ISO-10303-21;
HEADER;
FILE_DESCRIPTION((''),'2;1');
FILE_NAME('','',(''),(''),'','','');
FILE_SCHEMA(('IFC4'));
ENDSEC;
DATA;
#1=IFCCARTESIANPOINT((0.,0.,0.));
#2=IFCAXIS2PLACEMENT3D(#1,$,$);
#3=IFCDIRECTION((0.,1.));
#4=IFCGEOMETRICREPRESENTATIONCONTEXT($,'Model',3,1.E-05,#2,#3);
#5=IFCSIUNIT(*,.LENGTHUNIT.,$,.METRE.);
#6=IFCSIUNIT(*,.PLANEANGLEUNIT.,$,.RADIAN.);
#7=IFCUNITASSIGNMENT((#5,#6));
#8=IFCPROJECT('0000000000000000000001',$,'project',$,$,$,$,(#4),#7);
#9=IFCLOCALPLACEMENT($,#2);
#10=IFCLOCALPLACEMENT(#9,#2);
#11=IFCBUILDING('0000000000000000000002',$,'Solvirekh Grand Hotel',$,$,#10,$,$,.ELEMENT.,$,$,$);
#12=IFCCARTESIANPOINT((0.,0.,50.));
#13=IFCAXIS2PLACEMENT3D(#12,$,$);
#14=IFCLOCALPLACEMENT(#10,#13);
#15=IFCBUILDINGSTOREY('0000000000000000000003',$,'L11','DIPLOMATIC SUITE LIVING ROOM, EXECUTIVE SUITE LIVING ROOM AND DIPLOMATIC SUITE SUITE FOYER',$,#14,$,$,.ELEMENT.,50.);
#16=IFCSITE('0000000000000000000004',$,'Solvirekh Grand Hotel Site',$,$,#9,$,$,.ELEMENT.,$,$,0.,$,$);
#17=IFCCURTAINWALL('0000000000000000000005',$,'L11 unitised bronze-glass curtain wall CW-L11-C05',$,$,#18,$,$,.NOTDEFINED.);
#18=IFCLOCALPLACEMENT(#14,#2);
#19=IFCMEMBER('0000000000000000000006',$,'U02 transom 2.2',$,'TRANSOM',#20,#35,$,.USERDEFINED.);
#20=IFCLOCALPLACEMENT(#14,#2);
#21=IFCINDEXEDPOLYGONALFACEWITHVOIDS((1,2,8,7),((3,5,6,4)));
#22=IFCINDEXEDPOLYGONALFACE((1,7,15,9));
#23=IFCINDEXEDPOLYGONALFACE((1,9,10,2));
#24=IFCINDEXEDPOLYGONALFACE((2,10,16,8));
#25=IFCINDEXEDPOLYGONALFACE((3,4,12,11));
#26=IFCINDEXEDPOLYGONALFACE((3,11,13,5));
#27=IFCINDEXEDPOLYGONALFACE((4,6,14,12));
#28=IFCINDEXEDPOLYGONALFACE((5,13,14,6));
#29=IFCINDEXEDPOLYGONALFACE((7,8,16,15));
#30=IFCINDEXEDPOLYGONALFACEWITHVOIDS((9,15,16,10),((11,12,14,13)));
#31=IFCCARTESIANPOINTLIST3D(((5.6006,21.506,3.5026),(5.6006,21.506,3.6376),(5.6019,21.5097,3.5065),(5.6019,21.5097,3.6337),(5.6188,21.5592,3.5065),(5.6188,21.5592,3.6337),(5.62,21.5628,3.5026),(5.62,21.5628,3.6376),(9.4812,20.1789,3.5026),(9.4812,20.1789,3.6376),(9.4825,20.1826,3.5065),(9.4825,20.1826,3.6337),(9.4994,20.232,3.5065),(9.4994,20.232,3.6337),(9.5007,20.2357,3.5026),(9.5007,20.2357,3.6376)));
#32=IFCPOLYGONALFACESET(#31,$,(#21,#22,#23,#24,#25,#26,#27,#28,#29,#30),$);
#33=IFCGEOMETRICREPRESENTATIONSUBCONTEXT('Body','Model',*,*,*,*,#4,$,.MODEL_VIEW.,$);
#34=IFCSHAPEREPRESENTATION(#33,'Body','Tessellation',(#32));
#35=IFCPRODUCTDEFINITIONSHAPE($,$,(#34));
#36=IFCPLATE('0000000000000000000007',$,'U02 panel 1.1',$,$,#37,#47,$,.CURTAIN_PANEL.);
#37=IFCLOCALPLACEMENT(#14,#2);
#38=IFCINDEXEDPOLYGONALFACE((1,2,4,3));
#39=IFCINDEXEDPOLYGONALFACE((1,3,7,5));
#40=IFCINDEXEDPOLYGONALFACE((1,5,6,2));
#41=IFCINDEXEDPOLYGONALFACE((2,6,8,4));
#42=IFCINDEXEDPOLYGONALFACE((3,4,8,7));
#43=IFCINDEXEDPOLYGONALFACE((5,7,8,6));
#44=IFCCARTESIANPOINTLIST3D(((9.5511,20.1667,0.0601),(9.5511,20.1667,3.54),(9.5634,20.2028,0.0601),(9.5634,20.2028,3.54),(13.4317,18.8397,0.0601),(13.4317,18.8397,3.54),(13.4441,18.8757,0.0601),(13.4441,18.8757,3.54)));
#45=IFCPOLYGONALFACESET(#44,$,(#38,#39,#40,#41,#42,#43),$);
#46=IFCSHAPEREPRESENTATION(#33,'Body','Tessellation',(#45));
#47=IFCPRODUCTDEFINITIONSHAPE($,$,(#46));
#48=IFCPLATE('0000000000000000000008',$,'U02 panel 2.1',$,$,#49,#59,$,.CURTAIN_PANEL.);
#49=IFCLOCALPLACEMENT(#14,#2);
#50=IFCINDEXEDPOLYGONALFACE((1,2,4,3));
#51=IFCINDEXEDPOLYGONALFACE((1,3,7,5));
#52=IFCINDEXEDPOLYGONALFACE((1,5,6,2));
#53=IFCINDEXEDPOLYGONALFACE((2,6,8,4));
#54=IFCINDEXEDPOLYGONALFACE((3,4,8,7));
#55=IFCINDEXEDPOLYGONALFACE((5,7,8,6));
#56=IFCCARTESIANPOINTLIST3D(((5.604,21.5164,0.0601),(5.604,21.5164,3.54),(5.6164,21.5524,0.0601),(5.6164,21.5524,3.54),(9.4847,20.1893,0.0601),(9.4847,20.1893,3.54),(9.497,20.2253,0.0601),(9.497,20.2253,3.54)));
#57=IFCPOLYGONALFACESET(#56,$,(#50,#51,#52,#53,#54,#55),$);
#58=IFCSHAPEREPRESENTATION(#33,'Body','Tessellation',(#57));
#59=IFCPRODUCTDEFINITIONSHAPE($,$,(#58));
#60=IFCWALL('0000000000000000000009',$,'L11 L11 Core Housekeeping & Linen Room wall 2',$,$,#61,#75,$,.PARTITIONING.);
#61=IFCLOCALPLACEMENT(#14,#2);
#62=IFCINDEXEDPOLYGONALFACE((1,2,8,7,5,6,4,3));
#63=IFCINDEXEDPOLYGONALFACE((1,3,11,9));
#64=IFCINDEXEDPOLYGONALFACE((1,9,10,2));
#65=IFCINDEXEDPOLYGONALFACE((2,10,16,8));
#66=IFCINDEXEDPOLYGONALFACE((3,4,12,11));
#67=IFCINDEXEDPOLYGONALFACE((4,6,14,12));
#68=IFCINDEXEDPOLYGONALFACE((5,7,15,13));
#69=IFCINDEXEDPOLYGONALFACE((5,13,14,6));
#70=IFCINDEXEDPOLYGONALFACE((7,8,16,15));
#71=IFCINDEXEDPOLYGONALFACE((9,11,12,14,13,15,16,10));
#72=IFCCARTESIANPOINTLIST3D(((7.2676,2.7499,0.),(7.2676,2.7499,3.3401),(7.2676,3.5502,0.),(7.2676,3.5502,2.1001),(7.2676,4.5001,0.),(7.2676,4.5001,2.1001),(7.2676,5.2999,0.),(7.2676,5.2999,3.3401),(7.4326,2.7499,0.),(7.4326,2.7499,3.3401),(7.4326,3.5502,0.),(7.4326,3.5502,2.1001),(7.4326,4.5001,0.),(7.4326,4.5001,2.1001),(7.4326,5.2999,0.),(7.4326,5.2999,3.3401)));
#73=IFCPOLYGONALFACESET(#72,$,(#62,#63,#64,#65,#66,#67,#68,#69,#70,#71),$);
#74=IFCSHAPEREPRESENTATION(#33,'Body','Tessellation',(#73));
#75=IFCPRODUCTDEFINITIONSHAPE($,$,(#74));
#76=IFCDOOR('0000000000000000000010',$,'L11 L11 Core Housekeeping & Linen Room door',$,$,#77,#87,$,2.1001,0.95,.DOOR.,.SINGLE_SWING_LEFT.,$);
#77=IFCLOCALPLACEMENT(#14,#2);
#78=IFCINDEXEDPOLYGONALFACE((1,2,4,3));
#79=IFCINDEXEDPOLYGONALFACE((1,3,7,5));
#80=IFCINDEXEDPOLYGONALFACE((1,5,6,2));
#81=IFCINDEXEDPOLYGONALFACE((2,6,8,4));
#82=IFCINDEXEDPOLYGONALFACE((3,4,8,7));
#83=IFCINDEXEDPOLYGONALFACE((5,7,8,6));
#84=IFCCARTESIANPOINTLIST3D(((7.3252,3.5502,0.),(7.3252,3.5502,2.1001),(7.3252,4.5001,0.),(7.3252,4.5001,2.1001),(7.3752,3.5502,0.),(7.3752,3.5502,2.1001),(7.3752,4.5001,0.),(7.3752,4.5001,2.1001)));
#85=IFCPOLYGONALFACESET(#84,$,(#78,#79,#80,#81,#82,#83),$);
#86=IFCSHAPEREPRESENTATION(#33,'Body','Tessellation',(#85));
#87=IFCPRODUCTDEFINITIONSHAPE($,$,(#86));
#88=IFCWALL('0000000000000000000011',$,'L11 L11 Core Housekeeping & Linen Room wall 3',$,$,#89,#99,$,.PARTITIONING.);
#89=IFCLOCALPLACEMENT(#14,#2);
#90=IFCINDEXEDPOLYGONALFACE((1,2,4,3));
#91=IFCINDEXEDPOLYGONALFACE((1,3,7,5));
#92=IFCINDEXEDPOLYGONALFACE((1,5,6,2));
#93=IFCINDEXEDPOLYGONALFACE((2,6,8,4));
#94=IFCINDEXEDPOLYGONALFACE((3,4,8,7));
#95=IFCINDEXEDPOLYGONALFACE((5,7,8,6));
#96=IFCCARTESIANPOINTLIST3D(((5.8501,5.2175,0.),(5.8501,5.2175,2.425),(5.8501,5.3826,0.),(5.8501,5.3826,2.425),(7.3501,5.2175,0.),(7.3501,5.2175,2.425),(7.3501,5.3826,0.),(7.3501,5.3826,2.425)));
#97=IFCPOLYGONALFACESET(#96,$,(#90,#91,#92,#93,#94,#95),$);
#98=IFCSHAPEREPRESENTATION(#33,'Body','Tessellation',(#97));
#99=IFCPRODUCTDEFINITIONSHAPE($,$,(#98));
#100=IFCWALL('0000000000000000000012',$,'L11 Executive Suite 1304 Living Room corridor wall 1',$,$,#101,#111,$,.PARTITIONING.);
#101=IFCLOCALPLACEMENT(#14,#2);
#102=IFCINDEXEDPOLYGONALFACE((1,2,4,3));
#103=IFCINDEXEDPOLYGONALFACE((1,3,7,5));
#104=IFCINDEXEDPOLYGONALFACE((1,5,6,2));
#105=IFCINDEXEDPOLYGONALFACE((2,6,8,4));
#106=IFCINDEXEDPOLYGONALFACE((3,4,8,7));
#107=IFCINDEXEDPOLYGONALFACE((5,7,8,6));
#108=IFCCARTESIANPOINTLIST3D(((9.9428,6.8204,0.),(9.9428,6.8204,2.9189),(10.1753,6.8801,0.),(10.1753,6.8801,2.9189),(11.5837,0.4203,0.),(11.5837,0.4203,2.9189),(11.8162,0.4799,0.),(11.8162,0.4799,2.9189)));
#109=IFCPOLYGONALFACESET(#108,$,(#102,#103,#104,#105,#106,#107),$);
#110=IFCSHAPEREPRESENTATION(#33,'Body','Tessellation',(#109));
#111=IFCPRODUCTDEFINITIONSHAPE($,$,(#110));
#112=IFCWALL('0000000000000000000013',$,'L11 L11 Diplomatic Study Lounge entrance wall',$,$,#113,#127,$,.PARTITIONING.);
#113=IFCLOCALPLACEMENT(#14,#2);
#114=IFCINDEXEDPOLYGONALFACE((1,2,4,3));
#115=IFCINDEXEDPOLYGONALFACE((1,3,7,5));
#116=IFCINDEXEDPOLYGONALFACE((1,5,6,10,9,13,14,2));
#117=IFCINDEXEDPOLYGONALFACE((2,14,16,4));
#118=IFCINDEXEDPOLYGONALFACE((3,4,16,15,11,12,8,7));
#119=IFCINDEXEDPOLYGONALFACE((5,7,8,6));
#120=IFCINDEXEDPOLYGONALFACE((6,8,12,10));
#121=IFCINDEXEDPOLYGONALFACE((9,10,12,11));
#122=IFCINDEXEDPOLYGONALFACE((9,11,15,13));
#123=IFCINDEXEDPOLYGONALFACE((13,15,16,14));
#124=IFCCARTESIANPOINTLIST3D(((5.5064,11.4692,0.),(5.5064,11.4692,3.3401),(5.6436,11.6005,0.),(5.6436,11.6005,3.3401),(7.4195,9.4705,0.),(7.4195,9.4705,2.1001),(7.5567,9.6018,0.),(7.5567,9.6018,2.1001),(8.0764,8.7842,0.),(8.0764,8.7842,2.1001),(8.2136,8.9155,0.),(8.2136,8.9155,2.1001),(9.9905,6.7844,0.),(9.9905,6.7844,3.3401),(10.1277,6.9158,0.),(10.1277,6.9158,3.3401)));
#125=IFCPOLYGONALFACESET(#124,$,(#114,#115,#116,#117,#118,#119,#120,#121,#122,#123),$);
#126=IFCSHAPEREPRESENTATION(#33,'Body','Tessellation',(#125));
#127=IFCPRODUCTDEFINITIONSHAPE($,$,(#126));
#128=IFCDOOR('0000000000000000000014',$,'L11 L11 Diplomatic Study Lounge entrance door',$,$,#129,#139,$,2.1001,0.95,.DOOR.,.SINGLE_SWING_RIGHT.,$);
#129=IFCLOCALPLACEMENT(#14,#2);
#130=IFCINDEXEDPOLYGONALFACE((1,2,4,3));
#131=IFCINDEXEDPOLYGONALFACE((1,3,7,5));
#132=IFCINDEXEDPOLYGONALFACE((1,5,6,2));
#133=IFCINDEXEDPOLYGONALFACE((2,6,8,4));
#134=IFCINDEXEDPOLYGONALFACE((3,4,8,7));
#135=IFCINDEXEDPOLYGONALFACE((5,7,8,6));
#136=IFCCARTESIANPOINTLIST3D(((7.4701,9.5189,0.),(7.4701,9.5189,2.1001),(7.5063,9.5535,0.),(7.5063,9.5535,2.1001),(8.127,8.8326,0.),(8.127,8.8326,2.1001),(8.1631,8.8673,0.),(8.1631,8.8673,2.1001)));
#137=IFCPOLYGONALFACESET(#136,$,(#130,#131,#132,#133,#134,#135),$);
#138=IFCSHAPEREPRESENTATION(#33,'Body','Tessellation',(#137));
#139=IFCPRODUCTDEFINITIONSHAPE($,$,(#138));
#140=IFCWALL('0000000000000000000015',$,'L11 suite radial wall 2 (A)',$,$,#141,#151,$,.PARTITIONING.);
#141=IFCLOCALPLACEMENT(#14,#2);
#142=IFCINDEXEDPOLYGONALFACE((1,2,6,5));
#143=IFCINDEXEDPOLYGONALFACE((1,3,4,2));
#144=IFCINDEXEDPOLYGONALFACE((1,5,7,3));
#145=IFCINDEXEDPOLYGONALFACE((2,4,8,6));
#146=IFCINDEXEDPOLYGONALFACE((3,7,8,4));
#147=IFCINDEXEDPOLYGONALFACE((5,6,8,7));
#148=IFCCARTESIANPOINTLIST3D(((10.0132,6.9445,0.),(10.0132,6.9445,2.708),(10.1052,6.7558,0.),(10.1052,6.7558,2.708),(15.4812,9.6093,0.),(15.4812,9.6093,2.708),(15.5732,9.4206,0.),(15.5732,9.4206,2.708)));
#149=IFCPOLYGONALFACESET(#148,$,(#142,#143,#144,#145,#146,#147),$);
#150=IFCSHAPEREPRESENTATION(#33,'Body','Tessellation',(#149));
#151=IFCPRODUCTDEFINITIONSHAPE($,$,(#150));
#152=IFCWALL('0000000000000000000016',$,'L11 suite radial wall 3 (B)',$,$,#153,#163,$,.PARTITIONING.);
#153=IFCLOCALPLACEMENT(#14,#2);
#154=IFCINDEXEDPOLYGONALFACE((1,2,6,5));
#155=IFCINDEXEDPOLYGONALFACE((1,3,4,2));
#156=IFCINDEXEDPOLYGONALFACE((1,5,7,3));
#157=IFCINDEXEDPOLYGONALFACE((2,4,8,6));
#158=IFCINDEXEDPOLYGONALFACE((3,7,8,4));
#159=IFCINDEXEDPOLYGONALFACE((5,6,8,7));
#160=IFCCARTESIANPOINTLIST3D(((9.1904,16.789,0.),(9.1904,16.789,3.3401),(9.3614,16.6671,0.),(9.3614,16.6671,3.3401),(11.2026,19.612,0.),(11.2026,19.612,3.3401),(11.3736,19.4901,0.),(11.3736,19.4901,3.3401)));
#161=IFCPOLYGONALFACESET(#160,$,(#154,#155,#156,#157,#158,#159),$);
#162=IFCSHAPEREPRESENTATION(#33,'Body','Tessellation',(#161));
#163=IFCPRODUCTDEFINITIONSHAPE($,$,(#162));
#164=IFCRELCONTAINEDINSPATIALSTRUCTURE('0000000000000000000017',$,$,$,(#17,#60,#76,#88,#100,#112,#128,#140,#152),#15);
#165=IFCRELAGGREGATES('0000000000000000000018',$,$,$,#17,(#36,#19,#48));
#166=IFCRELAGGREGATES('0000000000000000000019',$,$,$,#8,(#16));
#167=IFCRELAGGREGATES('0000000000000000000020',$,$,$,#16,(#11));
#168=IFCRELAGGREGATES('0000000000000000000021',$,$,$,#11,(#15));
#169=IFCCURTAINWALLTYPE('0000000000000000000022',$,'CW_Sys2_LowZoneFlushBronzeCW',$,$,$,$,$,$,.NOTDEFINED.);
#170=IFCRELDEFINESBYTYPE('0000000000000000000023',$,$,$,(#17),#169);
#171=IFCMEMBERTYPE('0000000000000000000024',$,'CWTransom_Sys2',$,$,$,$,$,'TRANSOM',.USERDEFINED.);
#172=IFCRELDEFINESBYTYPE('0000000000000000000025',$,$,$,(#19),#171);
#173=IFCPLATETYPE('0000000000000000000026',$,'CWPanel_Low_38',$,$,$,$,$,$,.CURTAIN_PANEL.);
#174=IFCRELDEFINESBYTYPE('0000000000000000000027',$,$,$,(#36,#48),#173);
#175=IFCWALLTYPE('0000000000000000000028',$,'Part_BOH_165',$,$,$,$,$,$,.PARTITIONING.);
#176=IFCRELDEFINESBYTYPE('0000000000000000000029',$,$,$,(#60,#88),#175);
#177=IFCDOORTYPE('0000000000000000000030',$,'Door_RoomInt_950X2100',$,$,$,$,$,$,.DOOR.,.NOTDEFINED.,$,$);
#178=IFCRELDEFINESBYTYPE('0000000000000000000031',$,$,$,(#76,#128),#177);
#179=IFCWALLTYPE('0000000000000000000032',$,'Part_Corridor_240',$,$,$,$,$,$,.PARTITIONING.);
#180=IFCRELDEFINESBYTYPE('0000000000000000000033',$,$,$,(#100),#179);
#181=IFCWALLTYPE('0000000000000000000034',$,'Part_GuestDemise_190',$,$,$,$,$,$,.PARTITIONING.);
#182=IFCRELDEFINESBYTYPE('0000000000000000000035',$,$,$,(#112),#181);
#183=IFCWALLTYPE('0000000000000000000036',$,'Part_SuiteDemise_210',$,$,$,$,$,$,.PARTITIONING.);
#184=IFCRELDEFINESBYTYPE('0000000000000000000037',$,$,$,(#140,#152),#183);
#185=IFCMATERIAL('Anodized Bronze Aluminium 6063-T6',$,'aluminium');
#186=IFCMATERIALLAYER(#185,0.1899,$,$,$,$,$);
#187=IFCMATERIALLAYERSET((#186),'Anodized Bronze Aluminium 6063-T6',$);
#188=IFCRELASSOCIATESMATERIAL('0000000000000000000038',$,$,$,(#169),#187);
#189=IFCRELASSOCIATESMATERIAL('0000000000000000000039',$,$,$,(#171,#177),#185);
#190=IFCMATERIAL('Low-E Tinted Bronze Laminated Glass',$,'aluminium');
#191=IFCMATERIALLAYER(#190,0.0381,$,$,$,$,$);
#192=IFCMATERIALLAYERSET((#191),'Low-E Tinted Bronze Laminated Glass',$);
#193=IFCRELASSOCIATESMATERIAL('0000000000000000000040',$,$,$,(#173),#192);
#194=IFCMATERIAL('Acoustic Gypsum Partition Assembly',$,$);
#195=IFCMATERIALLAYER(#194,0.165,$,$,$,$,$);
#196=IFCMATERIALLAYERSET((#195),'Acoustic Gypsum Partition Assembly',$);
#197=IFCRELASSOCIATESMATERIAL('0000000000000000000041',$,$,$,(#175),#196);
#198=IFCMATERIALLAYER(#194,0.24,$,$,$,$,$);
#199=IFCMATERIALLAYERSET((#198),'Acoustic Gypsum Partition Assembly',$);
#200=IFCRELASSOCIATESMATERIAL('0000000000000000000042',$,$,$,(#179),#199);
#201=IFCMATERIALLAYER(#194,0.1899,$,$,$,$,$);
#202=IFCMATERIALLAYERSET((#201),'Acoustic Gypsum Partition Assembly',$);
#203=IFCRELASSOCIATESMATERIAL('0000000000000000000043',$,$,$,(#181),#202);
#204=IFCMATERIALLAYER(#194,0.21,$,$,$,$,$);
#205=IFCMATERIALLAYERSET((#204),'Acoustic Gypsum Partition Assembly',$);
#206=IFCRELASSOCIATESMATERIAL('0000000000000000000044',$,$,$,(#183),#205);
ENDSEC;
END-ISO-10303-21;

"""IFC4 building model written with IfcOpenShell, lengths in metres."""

from ifc_helpers import new_model, si_unit, direction, frame, frame_2d, origin, origin_2d, place, context, subcontext, project, spatial, rectangle, hollow_rectangle, extrude, source, transform, mapped, material, layer, layer_set, material_profile, profile_set, type_object, element, fill, aggregate, save


model = new_model("IFC4")

# Units and contexts
model_context = context("Model", 3, precision=1e-05, world=origin(), true_north=direction((0.0, 1.0)))
body_context = subcontext(model_context, "Body", "Model", "MODEL_VIEW")
ifc_project = project(units=[si_unit("LENGTHUNIT", "METRE"), si_unit("PLANEANGLEUNIT", "RADIAN")], contexts=[model_context])

# Site, building, storey
site_placement = place(None, origin())
site = spatial("IfcSite", under=ifc_project, at=site_placement, Name="Solvirekh Grand Hotel Site", CompositionType="ELEMENT", RefElevation=0.0)
building_placement = place(site_placement, origin())
building = spatial("IfcBuilding", under=site, at=building_placement, Name="Solvirekh Grand Hotel", CompositionType="ELEMENT")
storey_placement = place(building_placement, frame((0.0, 0.0, 50.0)))
storey = spatial("IfcBuildingStorey", under=building, at=storey_placement, Name="L11", Description="DIPLOMATIC SUITE LIVING ROOM, EXECUTIVE SUITE LIVING ROOM AND DIPLOMATIC SUITE SUITE FOYER", CompositionType="ELEMENT", Elevation=50.0)

# Curtain wall, member, plates
ifc_material_1 = material(Name="Anodized Bronze Aluminium 6063-T6", Category="aluminium")
ifc_layer_1 = layer(ifc_material_1, 0.1899)
ifc_layer_set_1 = layer_set([ifc_layer_1], Name="Anodized Bronze Aluminium 6063-T6")
curtain_wall_type = type_object("IfcCurtainWallType", Name="CW_Sys2_LowZoneFlushBronzeCW", PredefinedType="NOTDEFINED", material=ifc_layer_set_1)
curtain_wall_placement = place(storey_placement, origin())
curtain_wall = element("IfcCurtainWall", 1, at=curtain_wall_placement, inside=storey, type_object=curtain_wall_type, Name="L11 unitised bronze-glass curtain wall CW-L11-C05", PredefinedType="NOTDEFINED")
ifc_material_profile_1 = material_profile(ifc_material_1, hollow_rectangle(XDim=0.0601, YDim=0.135, WallThickness=0.0039, at=origin_2d()), Name="ALU RHS 135X60X4")
ifc_profile_set_1 = profile_set([ifc_material_profile_1], Name="Anodized Bronze Aluminium 6063-T6")
member_type_1 = type_object("IfcMemberType", Name="CWTransom_Sys2", ElementType="TRANSOM", PredefinedType="USERDEFINED", material=ifc_profile_set_1)
shared_shape_1 = source(origin(), body_context, "Body", "SweptSolid", [
    extrude(hollow_rectangle(XDim=0.0601, YDim=0.135, WallThickness=0.0039, at=origin_2d()), origin(), (0.0, 0.0, 1.0), 4.1013),
])
member_1_placement = place(storey_placement, frame((9.491, 20.2073, 3.5701), z_axis=(-0.946196, 0.323594, 0.0), x_axis=(-0.323594, -0.946196, 0.0)))
member_1 = element("IfcMember", 2, at=member_1_placement, type_object=member_type_1, Name="U02 transom 2.2", ObjectType="TRANSOM", PredefinedType="USERDEFINED", context=body_context, shape_type="MappedRepresentation", body=[
    mapped(shared_shape_1, transform((0.0, 0.0, 0.0), x_axis=(1.0, 0.0, 0.0), y_axis=(0.0, 1.0, 0.0), z_axis=(0.0, 0.0, 1.0), scale=1.0)),
])
ifc_material_2 = material(Name="Low-E Tinted Bronze Laminated Glass", Category="aluminium")
ifc_layer_2 = layer(ifc_material_2, 0.0381)
ifc_layer_set_2 = layer_set([ifc_layer_2], Name="Low-E Tinted Bronze Laminated Glass")
plate_type = type_object("IfcPlateType", Name="CWPanel_Low_38", PredefinedType="CURTAIN_PANEL", material=ifc_layer_set_2)
shared_shape_2 = source(origin(), body_context, "Body", "SweptSolid", [
    extrude(rectangle(XDim=4.1013, YDim=0.0381, at=origin_2d()), origin(), (0.0, 0.0, 1.0), 3.48),
])
plate_1_placement = place(storey_placement, frame((11.4976, 19.5212, 0.0601), z_axis=(0.0, 0.0, 1.0), x_axis=(-0.946206, 0.323564, 0.0)))
plate_1 = element("IfcPlate", 3, at=plate_1_placement, type_object=plate_type, Name="U02 panel 1.1", PredefinedType="CURTAIN_PANEL", context=body_context, shape_type="MappedRepresentation", body=[
    mapped(shared_shape_2, transform((0.0, 0.0, 0.0), x_axis=(1.0, 0.0, 0.0), y_axis=(0.0, 1.0, 0.0), z_axis=(0.0, 0.0, 1.0), scale=1.0)),
])
plate_2_placement = place(storey_placement, frame((7.5505, 20.8708, 0.0601), z_axis=(0.0, 0.0, 1.0), x_axis=(-0.946206, 0.323564, 0.0)))
plate_2 = element("IfcPlate", 4, at=plate_2_placement, type_object=plate_type, Name="U02 panel 2.1", PredefinedType="CURTAIN_PANEL", context=body_context, shape_type="MappedRepresentation", body=[
    mapped(shared_shape_2, transform((0.0, 0.0, 0.0), x_axis=(1.0, 0.0, 0.0), y_axis=(0.0, 1.0, 0.0), z_axis=(0.0, 0.0, 1.0), scale=1.0)),
])
aggregate(curtain_wall, [plate_1, member_1, plate_2])

# Wall, opening, door
ifc_material_3 = material(Name="Acoustic Gypsum Partition Assembly")
ifc_layer_3 = layer(ifc_material_3, 0.165)
ifc_layer_set_3 = layer_set([ifc_layer_3], Name="Acoustic Gypsum Partition Assembly")
wall_type_1 = type_object("IfcWallType", Name="Part_BOH_165", PredefinedType="PARTITIONING", material=ifc_layer_set_3)
wall_1_placement = place(storey_placement, frame((7.3501, 2.75, 0.0), z_axis=(0.0, 0.0, 1.0), x_axis=(0.0, 1.0, 0.0)))
wall_1 = element("IfcWall", 5, at=wall_1_placement, inside=storey, type_object=wall_type_1, Name="L11 L11 Core Housekeeping & Linen Room wall 2", PredefinedType="PARTITIONING", context=body_context, shape_type="SweptSolid", body=[
    extrude(rectangle(XDim=2.55, YDim=0.165, at=frame_2d((1.2749, 0.0))), origin(), (0.0, 0.0, 1.0), 3.3401),
])
opening_1_placement = place(wall_1_placement, frame((0.8, 0.0, 0.0)))
opening_1 = element("IfcOpeningElement", 6, at=opening_1_placement, cuts=wall_1, PredefinedType="OPENING", context=body_context, shape_type="SweptSolid", body=[
    extrude(rectangle(XDim=0.95, YDim=2.1001, at=frame_2d((0.4751, 1.05))), frame((0.0, 0.0925, 0.0), z_axis=(0.0, -1.0, 0.0), x_axis=(1.0, 0.0, 0.0)), (0.0, 0.0, 1.0), 0.1851),
])
door_type = type_object("IfcDoorType", Name="Door_RoomInt_950X2100", OperationType="NOTDEFINED", PredefinedType="DOOR", material=ifc_material_1)
door_1_placement = place(opening_1_placement, origin())
door_1 = element("IfcDoor", 7, at=door_1_placement, inside=storey, type_object=door_type, Name="L11 L11 Core Housekeeping & Linen Room door", OperationType="SINGLE_SWING_LEFT", OverallHeight=2.1001, OverallWidth=0.95, PredefinedType="DOOR", context=body_context, shape_type="SweptSolid", body=[
    extrude(rectangle(XDim=0.95, YDim=2.1001, at=frame_2d((0.4751, 1.05))), frame((0.0, 0.0249, 0.0), z_axis=(0.0, -1.0, 0.0), x_axis=(1.0, 0.0, 0.0)), (0.0, 0.0, 1.0), 0.05),
])
fill(opening_1, door_1)

# Walls
wall_2_placement = place(storey_placement, frame((7.3501, 5.3, 0.0), z_axis=(0.0, 0.0, 1.0), x_axis=(-1.0, 0.0, 0.0)))
element("IfcWall", 8, at=wall_2_placement, inside=storey, type_object=wall_type_1, Name="L11 L11 Core Housekeeping & Linen Room wall 3", PredefinedType="PARTITIONING", context=body_context, shape_type="SweptSolid", body=[
    extrude(rectangle(XDim=1.5, YDim=0.165, at=frame_2d((0.75, 0.0))), origin(), (0.0, 0.0, 1.0), 2.425),
])
ifc_layer_4 = layer(ifc_material_3, 0.24)
ifc_layer_set_4 = layer_set([ifc_layer_4], Name="Acoustic Gypsum Partition Assembly")
wall_type_2 = type_object("IfcWallType", Name="Part_Corridor_240", PredefinedType="PARTITIONING", material=ifc_layer_set_4)
wall_3_placement = place(storey_placement, frame((11.7, 0.45, 0.0), z_axis=(0.0, 0.0, 1.0), x_axis=(-0.248348, 0.968671, 0.0)))
element("IfcWall", 9, at=wall_3_placement, inside=storey, type_object=wall_type_2, Name="L11 Executive Suite 1304 Living Room corridor wall 1", PredefinedType="PARTITIONING", context=body_context, shape_type="SweptSolid", body=[
    extrude(rectangle(XDim=6.6072, YDim=0.24, at=frame_2d((3.3037, 0.0))), origin(), (0.0, 0.0, 1.0), 2.9189),
])

# Wall, opening, door
ifc_layer_5 = layer(ifc_material_3, 0.1899)
ifc_layer_set_5 = layer_set([ifc_layer_5], Name="Acoustic Gypsum Partition Assembly")
wall_type_3 = type_object("IfcWallType", Name="Part_GuestDemise_190", PredefinedType="PARTITIONING", material=ifc_layer_set_5)
wall_4_placement = place(storey_placement, frame((10.0591, 6.8501, 0.0), z_axis=(0.0, 0.0, 1.0), x_axis=(-0.691465, 0.72241, 0.0)))
wall_4 = element("IfcWall", 10, at=wall_4_placement, inside=storey, type_object=wall_type_3, Name="L11 L11 Diplomatic Study Lounge entrance wall", PredefinedType="PARTITIONING", context=body_context, shape_type="SweptSolid", body=[
    extrude(rectangle(XDim=6.4849, YDim=0.1899, at=frame_2d((3.2424, 0.0))), origin(), (0.0, 0.0, 1.0), 3.3401),
])
opening_2_placement = place(wall_4_placement, frame((2.7681, 0.0, 0.0)))
opening_2 = element("IfcOpeningElement", 11, at=opening_2_placement, cuts=wall_4, PredefinedType="OPENING", context=body_context, shape_type="SweptSolid", body=[
    extrude(rectangle(XDim=0.95, YDim=2.1001, at=frame_2d((0.4751, 1.05))), frame((0.0, 0.105, 0.0), z_axis=(0.0, -1.0, 0.0), x_axis=(1.0, 0.0, 0.0)), (0.0, 0.0, 1.0), 0.21),
])
door_2_placement = place(opening_2_placement, origin())
door_2 = element("IfcDoor", 12, at=door_2_placement, inside=storey, type_object=door_type, Name="L11 L11 Diplomatic Study Lounge entrance door", OperationType="SINGLE_SWING_RIGHT", OverallHeight=2.1001, OverallWidth=0.95, PredefinedType="DOOR", context=body_context, shape_type="SweptSolid", body=[
    extrude(rectangle(XDim=0.95, YDim=2.1001, at=frame_2d((0.4751, 1.05))), frame((0.0, 0.0249, 0.0), z_axis=(0.0, -1.0, 0.0), x_axis=(1.0, 0.0, 0.0)), (0.0, 0.0, 1.0), 0.05),
])
fill(opening_2, door_2)

# Walls
ifc_layer_6 = layer(ifc_material_3, 0.21)
ifc_layer_set_6 = layer_set([ifc_layer_6], Name="Acoustic Gypsum Partition Assembly")
wall_type_4 = type_object("IfcWallType", Name="Part_SuiteDemise_210", PredefinedType="PARTITIONING", material=ifc_layer_set_6)
wall_5_placement = place(storey_placement, frame((10.0591, 6.8501, 0.0), z_axis=(0.0, 0.0, 1.0), x_axis=(0.898932, 0.438088, 0.0)))
element("IfcWall", 13, at=wall_5_placement, inside=storey, type_object=wall_type_4, Name="L11 suite radial wall 2 (A)", PredefinedType="PARTITIONING", context=body_context, shape_type="SweptSolid", body=[
    extrude(rectangle(XDim=6.0828, YDim=0.21, at=frame_2d((3.0415, 0.0))), origin(), (0.0, 0.0, 1.0), 2.708),
])
wall_6_placement = place(storey_placement, frame((9.2759, 16.728, 0.0), z_axis=(0.0, 0.0, 1.0), x_axis=(0.580432, 0.814309, 0.0)))
element("IfcWall", 14, at=wall_6_placement, inside=storey, type_object=wall_type_4, Name="L11 suite radial wall 3 (B)", PredefinedType="PARTITIONING", context=body_context, shape_type="SweptSolid", body=[
    extrude(rectangle(XDim=3.4668, YDim=0.21, at=frame_2d((1.7334, 0.0))), origin(), (0.0, 0.0, 1.0), 3.3401),
])

save(model, "model.ifc")
